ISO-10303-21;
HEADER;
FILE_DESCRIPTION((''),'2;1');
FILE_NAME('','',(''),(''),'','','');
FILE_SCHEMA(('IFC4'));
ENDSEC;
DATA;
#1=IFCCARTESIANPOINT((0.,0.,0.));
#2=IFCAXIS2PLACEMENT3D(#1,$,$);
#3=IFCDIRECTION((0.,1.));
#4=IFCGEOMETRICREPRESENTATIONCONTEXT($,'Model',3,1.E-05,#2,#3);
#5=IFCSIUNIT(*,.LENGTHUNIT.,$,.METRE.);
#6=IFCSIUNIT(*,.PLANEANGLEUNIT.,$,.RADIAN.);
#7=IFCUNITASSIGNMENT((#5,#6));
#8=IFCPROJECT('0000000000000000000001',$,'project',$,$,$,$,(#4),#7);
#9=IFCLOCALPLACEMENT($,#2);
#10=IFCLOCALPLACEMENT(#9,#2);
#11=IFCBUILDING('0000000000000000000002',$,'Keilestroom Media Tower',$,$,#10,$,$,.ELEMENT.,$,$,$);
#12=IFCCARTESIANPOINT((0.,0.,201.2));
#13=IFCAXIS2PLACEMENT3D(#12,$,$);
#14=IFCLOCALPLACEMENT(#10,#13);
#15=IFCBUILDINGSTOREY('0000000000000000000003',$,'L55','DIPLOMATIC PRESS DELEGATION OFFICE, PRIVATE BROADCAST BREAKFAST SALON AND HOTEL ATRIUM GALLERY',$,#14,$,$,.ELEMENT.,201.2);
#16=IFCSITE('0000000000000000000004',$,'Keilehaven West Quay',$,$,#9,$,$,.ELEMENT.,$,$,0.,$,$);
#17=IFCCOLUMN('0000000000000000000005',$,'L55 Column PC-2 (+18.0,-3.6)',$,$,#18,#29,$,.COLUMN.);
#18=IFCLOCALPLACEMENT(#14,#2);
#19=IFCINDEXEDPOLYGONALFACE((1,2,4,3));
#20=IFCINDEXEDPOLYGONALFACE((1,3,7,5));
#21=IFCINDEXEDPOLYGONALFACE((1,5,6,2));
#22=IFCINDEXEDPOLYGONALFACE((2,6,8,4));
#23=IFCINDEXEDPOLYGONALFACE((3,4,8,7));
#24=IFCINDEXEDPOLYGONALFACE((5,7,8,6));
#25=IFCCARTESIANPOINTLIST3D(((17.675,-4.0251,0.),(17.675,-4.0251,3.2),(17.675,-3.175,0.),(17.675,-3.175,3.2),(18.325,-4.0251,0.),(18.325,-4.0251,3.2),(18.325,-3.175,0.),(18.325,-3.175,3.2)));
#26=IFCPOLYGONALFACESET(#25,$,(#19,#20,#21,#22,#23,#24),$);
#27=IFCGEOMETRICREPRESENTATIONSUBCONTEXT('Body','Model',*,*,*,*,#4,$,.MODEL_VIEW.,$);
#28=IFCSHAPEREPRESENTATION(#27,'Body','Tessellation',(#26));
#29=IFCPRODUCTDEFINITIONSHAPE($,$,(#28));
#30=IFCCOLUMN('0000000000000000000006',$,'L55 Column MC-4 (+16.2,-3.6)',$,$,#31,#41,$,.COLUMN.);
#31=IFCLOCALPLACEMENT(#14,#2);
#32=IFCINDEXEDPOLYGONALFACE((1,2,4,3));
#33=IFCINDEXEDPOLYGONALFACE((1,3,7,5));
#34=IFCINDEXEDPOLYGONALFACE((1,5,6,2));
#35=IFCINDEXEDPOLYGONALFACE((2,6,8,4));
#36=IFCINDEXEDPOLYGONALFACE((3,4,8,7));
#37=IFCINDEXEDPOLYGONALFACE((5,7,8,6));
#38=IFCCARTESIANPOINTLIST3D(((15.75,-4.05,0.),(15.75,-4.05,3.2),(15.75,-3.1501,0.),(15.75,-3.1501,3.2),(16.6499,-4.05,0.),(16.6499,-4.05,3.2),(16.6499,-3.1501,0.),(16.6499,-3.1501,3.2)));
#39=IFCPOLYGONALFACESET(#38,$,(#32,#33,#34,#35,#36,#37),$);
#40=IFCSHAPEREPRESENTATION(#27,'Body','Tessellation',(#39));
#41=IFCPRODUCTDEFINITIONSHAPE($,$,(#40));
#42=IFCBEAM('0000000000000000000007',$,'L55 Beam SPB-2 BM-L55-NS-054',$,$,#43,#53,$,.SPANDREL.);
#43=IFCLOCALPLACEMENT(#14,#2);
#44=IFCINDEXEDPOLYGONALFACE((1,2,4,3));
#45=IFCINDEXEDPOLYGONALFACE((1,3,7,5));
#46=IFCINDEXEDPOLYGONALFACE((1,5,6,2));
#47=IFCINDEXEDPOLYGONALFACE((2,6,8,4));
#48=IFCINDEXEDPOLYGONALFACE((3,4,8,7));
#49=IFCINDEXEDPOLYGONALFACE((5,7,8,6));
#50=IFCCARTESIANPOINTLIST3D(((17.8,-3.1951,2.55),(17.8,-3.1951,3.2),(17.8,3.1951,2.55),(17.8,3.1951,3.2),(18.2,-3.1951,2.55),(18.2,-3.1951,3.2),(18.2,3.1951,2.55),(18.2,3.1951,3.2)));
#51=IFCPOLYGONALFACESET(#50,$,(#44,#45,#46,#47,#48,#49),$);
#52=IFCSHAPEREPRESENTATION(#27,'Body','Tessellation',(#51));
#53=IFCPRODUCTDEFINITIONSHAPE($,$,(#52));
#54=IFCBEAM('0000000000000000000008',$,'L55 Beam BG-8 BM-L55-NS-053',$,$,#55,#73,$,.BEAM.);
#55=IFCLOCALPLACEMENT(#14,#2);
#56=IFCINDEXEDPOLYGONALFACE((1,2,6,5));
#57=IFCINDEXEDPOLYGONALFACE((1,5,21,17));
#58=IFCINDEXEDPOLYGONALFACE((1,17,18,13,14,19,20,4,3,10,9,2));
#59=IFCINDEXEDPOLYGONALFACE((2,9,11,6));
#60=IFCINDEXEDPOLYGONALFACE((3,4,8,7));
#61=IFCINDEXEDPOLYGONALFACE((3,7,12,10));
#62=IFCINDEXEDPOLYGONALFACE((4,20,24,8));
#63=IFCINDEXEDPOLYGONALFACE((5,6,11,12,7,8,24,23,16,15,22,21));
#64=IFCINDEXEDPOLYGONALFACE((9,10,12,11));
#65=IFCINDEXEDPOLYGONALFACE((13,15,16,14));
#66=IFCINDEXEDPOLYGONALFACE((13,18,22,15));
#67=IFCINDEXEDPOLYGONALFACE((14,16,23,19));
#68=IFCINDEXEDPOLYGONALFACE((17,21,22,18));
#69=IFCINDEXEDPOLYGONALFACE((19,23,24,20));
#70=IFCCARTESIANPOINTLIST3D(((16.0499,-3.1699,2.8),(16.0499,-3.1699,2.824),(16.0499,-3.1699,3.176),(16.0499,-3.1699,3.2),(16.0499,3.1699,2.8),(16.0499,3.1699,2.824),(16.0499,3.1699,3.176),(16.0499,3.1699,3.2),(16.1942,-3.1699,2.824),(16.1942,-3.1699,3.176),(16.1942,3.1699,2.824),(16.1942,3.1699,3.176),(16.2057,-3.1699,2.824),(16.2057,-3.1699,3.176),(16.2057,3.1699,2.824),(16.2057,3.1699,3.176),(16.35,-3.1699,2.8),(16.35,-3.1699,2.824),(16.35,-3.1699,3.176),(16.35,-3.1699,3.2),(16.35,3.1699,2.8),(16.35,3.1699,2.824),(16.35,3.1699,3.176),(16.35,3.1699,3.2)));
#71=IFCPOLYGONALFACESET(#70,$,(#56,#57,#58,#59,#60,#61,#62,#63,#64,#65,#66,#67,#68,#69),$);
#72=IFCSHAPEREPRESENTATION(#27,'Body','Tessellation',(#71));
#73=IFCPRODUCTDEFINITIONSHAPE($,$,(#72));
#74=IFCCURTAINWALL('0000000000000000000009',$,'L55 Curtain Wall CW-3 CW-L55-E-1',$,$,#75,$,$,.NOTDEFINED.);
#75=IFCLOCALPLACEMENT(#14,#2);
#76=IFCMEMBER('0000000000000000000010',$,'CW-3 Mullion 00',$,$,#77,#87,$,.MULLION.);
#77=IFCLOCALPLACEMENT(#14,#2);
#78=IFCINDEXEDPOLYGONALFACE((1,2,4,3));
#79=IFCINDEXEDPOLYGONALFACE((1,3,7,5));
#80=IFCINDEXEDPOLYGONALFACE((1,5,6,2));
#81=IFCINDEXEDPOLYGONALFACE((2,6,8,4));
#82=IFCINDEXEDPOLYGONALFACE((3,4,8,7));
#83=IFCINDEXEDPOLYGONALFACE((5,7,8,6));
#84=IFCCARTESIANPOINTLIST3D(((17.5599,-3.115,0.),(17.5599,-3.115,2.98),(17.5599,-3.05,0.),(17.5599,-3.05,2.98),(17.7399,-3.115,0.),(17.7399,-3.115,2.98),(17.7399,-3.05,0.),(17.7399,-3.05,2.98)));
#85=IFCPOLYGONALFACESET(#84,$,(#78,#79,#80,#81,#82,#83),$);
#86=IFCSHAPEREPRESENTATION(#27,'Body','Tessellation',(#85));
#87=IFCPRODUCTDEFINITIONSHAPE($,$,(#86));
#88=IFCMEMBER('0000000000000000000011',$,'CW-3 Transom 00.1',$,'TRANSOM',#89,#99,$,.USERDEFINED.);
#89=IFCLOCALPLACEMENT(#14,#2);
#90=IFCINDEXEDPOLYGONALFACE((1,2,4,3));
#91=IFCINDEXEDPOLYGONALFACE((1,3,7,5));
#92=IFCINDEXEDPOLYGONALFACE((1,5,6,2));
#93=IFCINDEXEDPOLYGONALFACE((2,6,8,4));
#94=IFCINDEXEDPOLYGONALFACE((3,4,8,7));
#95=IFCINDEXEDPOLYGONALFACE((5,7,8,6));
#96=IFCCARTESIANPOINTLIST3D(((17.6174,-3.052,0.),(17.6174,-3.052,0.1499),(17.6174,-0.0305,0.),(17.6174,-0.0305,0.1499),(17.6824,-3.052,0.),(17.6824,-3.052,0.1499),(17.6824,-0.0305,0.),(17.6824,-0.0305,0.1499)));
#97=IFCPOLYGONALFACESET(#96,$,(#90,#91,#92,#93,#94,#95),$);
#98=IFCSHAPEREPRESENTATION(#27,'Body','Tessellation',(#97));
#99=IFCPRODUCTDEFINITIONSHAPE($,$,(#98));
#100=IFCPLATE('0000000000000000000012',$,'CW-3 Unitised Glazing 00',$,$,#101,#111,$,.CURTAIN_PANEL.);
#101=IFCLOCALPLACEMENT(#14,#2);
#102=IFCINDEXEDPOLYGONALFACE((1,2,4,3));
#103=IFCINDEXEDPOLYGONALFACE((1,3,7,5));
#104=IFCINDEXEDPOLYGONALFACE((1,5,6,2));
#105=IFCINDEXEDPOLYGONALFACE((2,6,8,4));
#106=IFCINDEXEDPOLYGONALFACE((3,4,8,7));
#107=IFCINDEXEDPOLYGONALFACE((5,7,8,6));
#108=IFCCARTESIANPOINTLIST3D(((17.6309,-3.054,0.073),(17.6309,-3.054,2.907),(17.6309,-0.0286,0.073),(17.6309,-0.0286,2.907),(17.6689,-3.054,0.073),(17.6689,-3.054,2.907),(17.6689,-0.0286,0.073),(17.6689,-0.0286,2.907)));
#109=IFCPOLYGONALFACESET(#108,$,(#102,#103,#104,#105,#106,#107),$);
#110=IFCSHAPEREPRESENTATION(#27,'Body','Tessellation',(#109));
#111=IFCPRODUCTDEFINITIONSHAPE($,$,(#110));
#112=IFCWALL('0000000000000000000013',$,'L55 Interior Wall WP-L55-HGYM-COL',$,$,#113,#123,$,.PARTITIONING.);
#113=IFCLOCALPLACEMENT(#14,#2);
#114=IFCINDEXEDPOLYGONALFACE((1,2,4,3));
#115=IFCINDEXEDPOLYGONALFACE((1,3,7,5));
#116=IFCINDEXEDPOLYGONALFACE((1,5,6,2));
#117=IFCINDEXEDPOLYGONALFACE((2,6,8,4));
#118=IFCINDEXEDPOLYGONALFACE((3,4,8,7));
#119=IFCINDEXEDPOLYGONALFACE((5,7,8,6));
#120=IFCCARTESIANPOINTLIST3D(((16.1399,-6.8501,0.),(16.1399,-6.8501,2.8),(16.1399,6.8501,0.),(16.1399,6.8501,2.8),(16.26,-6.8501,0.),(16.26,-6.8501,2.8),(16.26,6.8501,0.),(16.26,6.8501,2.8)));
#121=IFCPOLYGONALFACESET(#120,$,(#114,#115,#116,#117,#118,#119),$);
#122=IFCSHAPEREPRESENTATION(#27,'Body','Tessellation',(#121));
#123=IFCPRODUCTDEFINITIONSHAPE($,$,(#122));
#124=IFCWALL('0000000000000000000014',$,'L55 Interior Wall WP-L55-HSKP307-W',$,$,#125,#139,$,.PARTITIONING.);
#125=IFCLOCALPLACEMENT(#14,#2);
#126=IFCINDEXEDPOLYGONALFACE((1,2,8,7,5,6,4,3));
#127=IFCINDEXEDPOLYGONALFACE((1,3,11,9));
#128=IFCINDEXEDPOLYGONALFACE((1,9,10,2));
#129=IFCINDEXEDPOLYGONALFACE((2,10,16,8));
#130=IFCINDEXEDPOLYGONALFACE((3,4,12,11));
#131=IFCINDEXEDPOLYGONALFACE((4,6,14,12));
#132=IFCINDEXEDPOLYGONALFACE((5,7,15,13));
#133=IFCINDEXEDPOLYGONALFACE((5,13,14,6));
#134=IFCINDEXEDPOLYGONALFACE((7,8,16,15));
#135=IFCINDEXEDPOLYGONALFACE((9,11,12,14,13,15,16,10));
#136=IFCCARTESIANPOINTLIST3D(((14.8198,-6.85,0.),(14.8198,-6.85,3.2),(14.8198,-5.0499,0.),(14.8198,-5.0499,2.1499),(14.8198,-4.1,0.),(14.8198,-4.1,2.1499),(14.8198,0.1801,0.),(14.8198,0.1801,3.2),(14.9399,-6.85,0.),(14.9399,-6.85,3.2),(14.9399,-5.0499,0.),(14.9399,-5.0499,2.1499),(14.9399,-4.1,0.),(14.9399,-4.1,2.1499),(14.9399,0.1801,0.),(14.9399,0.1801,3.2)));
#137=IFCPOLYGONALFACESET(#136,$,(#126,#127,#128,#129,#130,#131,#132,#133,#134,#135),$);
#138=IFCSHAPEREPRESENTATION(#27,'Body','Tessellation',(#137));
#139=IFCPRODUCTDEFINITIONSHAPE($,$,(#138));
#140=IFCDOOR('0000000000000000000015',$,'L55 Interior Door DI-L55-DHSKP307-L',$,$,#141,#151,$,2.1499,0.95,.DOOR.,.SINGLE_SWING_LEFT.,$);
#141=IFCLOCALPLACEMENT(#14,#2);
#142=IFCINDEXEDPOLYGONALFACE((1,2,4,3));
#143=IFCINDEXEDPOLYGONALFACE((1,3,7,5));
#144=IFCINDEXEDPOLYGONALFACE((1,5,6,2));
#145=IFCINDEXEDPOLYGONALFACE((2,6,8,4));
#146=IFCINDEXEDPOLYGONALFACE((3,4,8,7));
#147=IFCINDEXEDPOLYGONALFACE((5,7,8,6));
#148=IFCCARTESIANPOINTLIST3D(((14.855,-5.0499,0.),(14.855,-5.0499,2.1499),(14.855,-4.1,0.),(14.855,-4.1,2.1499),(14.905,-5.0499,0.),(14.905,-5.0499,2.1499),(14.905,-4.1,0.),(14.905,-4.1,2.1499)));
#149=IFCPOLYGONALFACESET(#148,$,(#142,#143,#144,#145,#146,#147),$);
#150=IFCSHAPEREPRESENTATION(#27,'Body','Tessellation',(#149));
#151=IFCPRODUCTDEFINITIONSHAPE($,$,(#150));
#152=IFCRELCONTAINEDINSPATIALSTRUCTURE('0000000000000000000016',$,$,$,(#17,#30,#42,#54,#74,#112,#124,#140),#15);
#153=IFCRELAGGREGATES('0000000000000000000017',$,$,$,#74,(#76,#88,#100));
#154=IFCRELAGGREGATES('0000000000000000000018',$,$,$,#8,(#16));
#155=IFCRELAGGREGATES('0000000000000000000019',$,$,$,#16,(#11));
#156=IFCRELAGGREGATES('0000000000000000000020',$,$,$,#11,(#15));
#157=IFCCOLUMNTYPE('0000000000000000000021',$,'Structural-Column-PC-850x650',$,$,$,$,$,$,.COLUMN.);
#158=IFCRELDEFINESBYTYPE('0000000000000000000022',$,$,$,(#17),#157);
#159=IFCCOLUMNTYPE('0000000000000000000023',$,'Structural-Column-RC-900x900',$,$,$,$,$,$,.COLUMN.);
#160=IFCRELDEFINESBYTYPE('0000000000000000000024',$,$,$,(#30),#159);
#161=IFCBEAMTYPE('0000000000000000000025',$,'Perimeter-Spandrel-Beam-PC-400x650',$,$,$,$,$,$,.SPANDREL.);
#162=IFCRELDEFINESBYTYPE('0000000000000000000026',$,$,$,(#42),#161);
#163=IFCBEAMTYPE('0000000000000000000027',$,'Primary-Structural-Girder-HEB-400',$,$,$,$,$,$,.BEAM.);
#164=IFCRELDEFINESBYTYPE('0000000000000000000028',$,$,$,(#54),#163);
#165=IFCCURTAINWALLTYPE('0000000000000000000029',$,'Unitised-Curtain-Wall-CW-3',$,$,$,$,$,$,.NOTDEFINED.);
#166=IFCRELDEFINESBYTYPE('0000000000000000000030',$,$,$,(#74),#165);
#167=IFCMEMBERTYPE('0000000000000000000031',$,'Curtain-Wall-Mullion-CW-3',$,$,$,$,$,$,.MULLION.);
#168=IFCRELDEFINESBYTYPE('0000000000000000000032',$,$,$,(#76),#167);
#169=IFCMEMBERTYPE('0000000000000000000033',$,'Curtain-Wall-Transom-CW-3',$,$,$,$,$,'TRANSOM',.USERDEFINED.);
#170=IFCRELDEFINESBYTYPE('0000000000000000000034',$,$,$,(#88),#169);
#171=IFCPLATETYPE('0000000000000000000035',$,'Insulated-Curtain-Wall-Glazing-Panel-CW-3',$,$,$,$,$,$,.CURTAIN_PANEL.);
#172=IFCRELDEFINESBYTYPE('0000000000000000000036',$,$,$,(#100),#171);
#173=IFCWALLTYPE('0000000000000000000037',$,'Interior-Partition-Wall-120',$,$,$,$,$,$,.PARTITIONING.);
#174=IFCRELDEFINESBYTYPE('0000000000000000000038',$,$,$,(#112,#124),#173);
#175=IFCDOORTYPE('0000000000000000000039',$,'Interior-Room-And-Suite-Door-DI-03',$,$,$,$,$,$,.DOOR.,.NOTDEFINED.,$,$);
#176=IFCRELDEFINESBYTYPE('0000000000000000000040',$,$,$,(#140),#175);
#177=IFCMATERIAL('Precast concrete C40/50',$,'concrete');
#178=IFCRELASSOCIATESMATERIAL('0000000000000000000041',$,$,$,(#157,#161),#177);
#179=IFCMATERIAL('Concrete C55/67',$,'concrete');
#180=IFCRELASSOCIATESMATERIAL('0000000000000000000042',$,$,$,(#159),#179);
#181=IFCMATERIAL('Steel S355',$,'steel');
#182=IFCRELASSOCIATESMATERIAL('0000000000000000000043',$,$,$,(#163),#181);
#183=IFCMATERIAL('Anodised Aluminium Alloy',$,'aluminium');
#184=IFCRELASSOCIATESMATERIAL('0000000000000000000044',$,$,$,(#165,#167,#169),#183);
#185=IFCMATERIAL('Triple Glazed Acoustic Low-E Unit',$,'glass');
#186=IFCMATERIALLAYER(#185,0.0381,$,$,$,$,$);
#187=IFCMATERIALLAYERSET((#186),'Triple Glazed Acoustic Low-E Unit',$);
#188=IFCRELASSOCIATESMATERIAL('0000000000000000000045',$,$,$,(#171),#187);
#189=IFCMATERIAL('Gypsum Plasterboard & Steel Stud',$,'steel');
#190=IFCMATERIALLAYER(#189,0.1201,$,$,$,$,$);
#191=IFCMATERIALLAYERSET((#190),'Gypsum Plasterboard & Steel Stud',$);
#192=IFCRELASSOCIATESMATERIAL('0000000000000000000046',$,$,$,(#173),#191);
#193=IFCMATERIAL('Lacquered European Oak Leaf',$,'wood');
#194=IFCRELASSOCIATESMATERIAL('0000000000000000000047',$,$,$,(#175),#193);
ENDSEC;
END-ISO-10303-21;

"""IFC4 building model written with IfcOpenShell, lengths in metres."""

from ifc_helpers import new_model, si_unit, direction, frame, frame_2d, origin, origin_2d, place, context, subcontext, project, spatial, rectangle, i_section, extrude, source, transform, mapped, material, layer, layer_set, material_profile, profile_set, type_object, element, fill, aggregate, save


model = new_model("IFC4")

# Units and contexts
model_context = context("Model", 3, precision=1e-05, world=origin(), true_north=direction((0.0, 1.0)))
body_context = subcontext(model_context, "Body", "Model", "MODEL_VIEW")
ifc_project = project(units=[si_unit("LENGTHUNIT", "METRE"), si_unit("PLANEANGLEUNIT", "RADIAN")], contexts=[model_context])

# Site, building, storey
site_placement = place(None, origin())
site = spatial("IfcSite", under=ifc_project, at=site_placement, Name="Keilehaven West Quay", CompositionType="ELEMENT", RefElevation=0.0)
building_placement = place(site_placement, origin())
building = spatial("IfcBuilding", under=site, at=building_placement, Name="Keilestroom Media Tower", CompositionType="ELEMENT")
storey_placement = place(building_placement, frame((0.0, 0.0, 201.2)))
storey = spatial("IfcBuildingStorey", under=building, at=storey_placement, Name="L55", Description="DIPLOMATIC PRESS DELEGATION OFFICE, PRIVATE BROADCAST BREAKFAST SALON AND HOTEL ATRIUM GALLERY", CompositionType="ELEMENT", Elevation=201.2)

# Columns
ifc_material_1 = material(Name="Precast concrete C40/50", Category="concrete")
ifc_material_profile_1 = material_profile(ifc_material_1, rectangle(XDim=0.6499, YDim=0.8501, at=origin_2d()), Name="PC 850x650")
ifc_profile_set_1 = profile_set([ifc_material_profile_1], Name="Precast concrete C40/50")
column_type_1 = type_object("IfcColumnType", Name="Structural-Column-PC-850x650", PredefinedType="COLUMN", material=ifc_profile_set_1)
shared_shape_1 = source(origin(), body_context, "Body", "SweptSolid", [
    extrude(rectangle(XDim=0.6499, YDim=0.8501, at=origin_2d()), origin(), (0.0, 0.0, 1.0), 3.2),
])
column_1_placement = place(storey_placement, frame((18.0, -3.6001, 0.0), z_axis=(0.0, 0.0, 1.0), x_axis=(1.0, 0.0, 0.0)))
element("IfcColumn", 1, at=column_1_placement, inside=storey, type_object=column_type_1, Name="L55 Column PC-2 (+18.0,-3.6)", PredefinedType="COLUMN", context=body_context, shape_type="MappedRepresentation", body=[
    mapped(shared_shape_1, transform((0.0, 0.0, 0.0), x_axis=(1.0, 0.0, 0.0), y_axis=(0.0, 1.0, 0.0), z_axis=(0.0, 0.0, 1.0), scale=1.0)),
])
ifc_material_2 = material(Name="Concrete C55/67", Category="concrete")
ifc_material_profile_2 = material_profile(ifc_material_2, rectangle(XDim=0.8999, YDim=0.8999, at=origin_2d()), Name="RC 900x900")
ifc_profile_set_2 = profile_set([ifc_material_profile_2], Name="Concrete C55/67")
column_type_2 = type_object("IfcColumnType", Name="Structural-Column-RC-900x900", PredefinedType="COLUMN", material=ifc_profile_set_2)
shared_shape_2 = source(origin(), body_context, "Body", "SweptSolid", [
    extrude(rectangle(XDim=0.8999, YDim=0.8999, at=origin_2d()), origin(), (0.0, 0.0, 1.0), 3.2),
])
column_2_placement = place(storey_placement, frame((16.2, -3.6001, 0.0), z_axis=(0.0, 0.0, 1.0), x_axis=(1.0, 0.0, 0.0)))
element("IfcColumn", 2, at=column_2_placement, inside=storey, type_object=column_type_2, Name="L55 Column MC-4 (+16.2,-3.6)", PredefinedType="COLUMN", context=body_context, shape_type="MappedRepresentation", body=[
    mapped(shared_shape_2, transform((0.0, 0.0, 0.0), x_axis=(1.0, 0.0, 0.0), y_axis=(0.0, 1.0, 0.0), z_axis=(0.0, 0.0, 1.0), scale=1.0)),
])

# Beams
ifc_material_profile_3 = material_profile(ifc_material_1, rectangle(XDim=0.3999, YDim=0.6499, at=origin_2d()), Name="PC 400x650")
ifc_profile_set_3 = profile_set([ifc_material_profile_3], Name="Precast concrete C40/50")
beam_type_1 = type_object("IfcBeamType", Name="Perimeter-Spandrel-Beam-PC-400x650", PredefinedType="SPANDREL", material=ifc_profile_set_3)
shared_shape_3 = source(origin(), body_context, "Body", "SweptSolid", [
    extrude(rectangle(XDim=0.3999, YDim=0.6499, at=origin_2d()), origin(), (0.0, 0.0, 1.0), 6.3901),
])
beam_1_placement = place(storey_placement, frame((18.0, -3.1951, 2.875), z_axis=(0.0, 1.0, 0.0), x_axis=(-1.0, 0.0, 0.0)))
element("IfcBeam", 3, at=beam_1_placement, inside=storey, type_object=beam_type_1, Name="L55 Beam SPB-2 BM-L55-NS-054", PredefinedType="SPANDREL", context=body_context, shape_type="MappedRepresentation", body=[
    mapped(shared_shape_3, transform((0.0, 0.0, 0.0), x_axis=(1.0, 0.0, 0.0), y_axis=(0.0, 1.0, 0.0), z_axis=(0.0, 0.0, 1.0), scale=1.0)),
])
ifc_material_3 = material(Name="Steel S355", Category="steel")
ifc_material_profile_4 = material_profile(ifc_material_3, i_section(OverallWidth=0.3, OverallDepth=0.3999, WebThickness=0.0115, FlangeThickness=0.0239, at=origin_2d()), Name="HEB 400")
ifc_profile_set_4 = profile_set([ifc_material_profile_4], Name="Steel S355")
beam_type_2 = type_object("IfcBeamType", Name="Primary-Structural-Girder-HEB-400", PredefinedType="BEAM", material=ifc_profile_set_4)
shared_shape_4 = source(origin(), body_context, "Body", "SweptSolid", [
    extrude(i_section(OverallWidth=0.3, OverallDepth=0.3999, WebThickness=0.0115, FlangeThickness=0.0239, at=origin_2d()), origin(), (0.0, 0.0, 1.0), 6.3398),
])
beam_2_placement = place(storey_placement, frame((16.2, -3.1699, 3.0), z_axis=(0.0, 1.0, 0.0), x_axis=(-1.0, 0.0, 0.0)))
element("IfcBeam", 4, at=beam_2_placement, inside=storey, type_object=beam_type_2, Name="L55 Beam BG-8 BM-L55-NS-053", PredefinedType="BEAM", context=body_context, shape_type="MappedRepresentation", body=[
    mapped(shared_shape_4, transform((0.0, 0.0, 0.0), x_axis=(1.0, 0.0, 0.0), y_axis=(0.0, 1.0, 0.0), z_axis=(0.0, 0.0, 1.0), scale=1.0)),
])

# Curtain wall, members, plate
ifc_material_4 = material(Name="Anodised Aluminium Alloy", Category="aluminium")
curtain_wall_type = type_object("IfcCurtainWallType", Name="Unitised-Curtain-Wall-CW-3", PredefinedType="NOTDEFINED", material=ifc_material_4)
curtain_wall_placement = place(storey_placement, origin())
curtain_wall = element("IfcCurtainWall", 5, at=curtain_wall_placement, inside=storey, type_object=curtain_wall_type, Name="L55 Curtain Wall CW-3 CW-L55-E-1", PredefinedType="NOTDEFINED")
ifc_material_profile_5 = material_profile(ifc_material_4, rectangle(XDim=0.0649, YDim=0.1799, at=origin_2d()), Name="ALU MULLION 65x180")
ifc_profile_set_5 = profile_set([ifc_material_profile_5], Name="Anodised Aluminium Alloy")
member_type_1 = type_object("IfcMemberType", Name="Curtain-Wall-Mullion-CW-3", PredefinedType="MULLION", material=ifc_profile_set_5)
shared_shape_5 = source(origin(), body_context, "Body", "SweptSolid", [
    extrude(rectangle(XDim=0.0649, YDim=0.1799, at=origin_2d()), origin(), (0.0, 0.0, 1.0), 2.98),
])
member_1_placement = place(storey_placement, frame((17.6499, -3.0825, 0.0), z_axis=(0.0, 0.0, 1.0), x_axis=(0.0, 1.0, 0.0)))
member_1 = element("IfcMember", 6, at=member_1_placement, type_object=member_type_1, Name="CW-3 Mullion 00", PredefinedType="MULLION", context=body_context, shape_type="MappedRepresentation", body=[
    mapped(shared_shape_5, transform((0.0, 0.0, 0.0), x_axis=(1.0, 0.0, 0.0), y_axis=(0.0, 1.0, 0.0), z_axis=(0.0, 0.0, 1.0), scale=1.0)),
])
ifc_material_profile_6 = material_profile(ifc_material_4, rectangle(XDim=0.0649, YDim=0.1499, at=origin_2d()), Name="ALU TRANSOM 65x150")
ifc_profile_set_6 = profile_set([ifc_material_profile_6], Name="Anodised Aluminium Alloy")
member_type_2 = type_object("IfcMemberType", Name="Curtain-Wall-Transom-CW-3", ElementType="TRANSOM", PredefinedType="USERDEFINED", material=ifc_profile_set_6)
shared_shape_6 = source(origin(), body_context, "Body", "SweptSolid", [
    extrude(rectangle(XDim=0.0649, YDim=0.1499, at=origin_2d()), origin(), (0.0, 0.0, 1.0), 3.0215),
])
member_2_placement = place(storey_placement, frame((17.6499, -3.052, 0.075), z_axis=(0.0, 1.0, 0.0), x_axis=(-1.0, 0.0, 0.0)))
member_2 = element("IfcMember", 7, at=member_2_placement, type_object=member_type_2, Name="CW-3 Transom 00.1", ObjectType="TRANSOM", PredefinedType="USERDEFINED", context=body_context, shape_type="MappedRepresentation", body=[
    mapped(shared_shape_6, transform((0.0, 0.0, 0.0), x_axis=(1.0, 0.0, 0.0), y_axis=(0.0, 1.0, 0.0), z_axis=(0.0, 0.0, 1.0), scale=1.0)),
])
ifc_material_5 = material(Name="Triple Glazed Acoustic Low-E Unit", Category="glass")
ifc_layer_1 = layer(ifc_material_5, 0.0381)
ifc_layer_set_1 = layer_set([ifc_layer_1], Name="Triple Glazed Acoustic Low-E Unit")
plate_type = type_object("IfcPlateType", Name="Insulated-Curtain-Wall-Glazing-Panel-CW-3", PredefinedType="CURTAIN_PANEL", material=ifc_layer_set_1)
shared_shape_7 = source(origin(), body_context, "Body", "SweptSolid", [
    extrude(rectangle(XDim=3.0254, YDim=0.0381, at=origin_2d()), origin(), (0.0, 0.0, 1.0), 2.834),
])
plate_placement = place(storey_placement, frame((17.6499, -1.5413, 0.073), z_axis=(0.0, 0.0, 1.0), x_axis=(0.0, 1.0, 0.0)))
plate = element("IfcPlate", 8, at=plate_placement, type_object=plate_type, Name="CW-3 Unitised Glazing 00", PredefinedType="CURTAIN_PANEL", context=body_context, shape_type="MappedRepresentation", body=[
    mapped(shared_shape_7, transform((0.0, 0.0, 0.0), x_axis=(1.0, 0.0, 0.0), y_axis=(0.0, 1.0, 0.0), z_axis=(0.0, 0.0, 1.0), scale=1.0)),
])
aggregate(curtain_wall, [member_1, member_2, plate])

# Wall
ifc_material_6 = material(Name="Gypsum Plasterboard & Steel Stud", Category="steel")
ifc_layer_2 = layer(ifc_material_6, 0.1201)
ifc_layer_set_2 = layer_set([ifc_layer_2], Name="Gypsum Plasterboard & Steel Stud")
wall_type_1 = type_object("IfcWallType", Name="Interior-Partition-Wall-120", PredefinedType="PARTITIONING", material=ifc_layer_set_2)
wall_1_placement = place(storey_placement, frame((16.2, -6.8501, 0.0), z_axis=(0.0, 0.0, 1.0), x_axis=(0.0, 1.0, 0.0)))
element("IfcWall", 9, at=wall_1_placement, inside=storey, type_object=wall_type_1, Name="L55 Interior Wall WP-L55-HGYM-COL", PredefinedType="PARTITIONING", context=body_context, shape_type="SweptSolid", body=[
    extrude(rectangle(XDim=13.7002, YDim=0.1201, at=frame_2d((6.8501, 0.0))), origin(), (0.0, 0.0, 1.0), 2.8),
])

# Wall, opening, door
wall_2_placement = place(storey_placement, frame((14.8799, -6.8501, 0.0), z_axis=(0.0, 0.0, 1.0), x_axis=(0.0, 1.0, 0.0)))
wall_2 = element("IfcWall", 10, at=wall_2_placement, inside=storey, type_object=wall_type_1, Name="L55 Interior Wall WP-L55-HSKP307-W", PredefinedType="PARTITIONING", context=body_context, shape_type="SweptSolid", body=[
    extrude(rectangle(XDim=7.03, YDim=0.1201, at=frame_2d((3.5151, 0.0))), origin(), (0.0, 0.0, 1.0), 3.2),
])
opening_placement = place(wall_2_placement, frame((1.8, 0.0, 0.0)))
opening = element("IfcOpeningElement", 11, at=opening_placement, cuts=wall_2, PredefinedType="OPENING", context=body_context, shape_type="SweptSolid", body=[
    extrude(rectangle(XDim=0.95, YDim=2.1499, at=frame_2d((0.4751, 1.075))), frame((0.0, 0.0701, 0.0), z_axis=(0.0, -1.0, 0.0), x_axis=(1.0, 0.0, 0.0)), (0.0, 0.0, 1.0), 0.1401),
])
ifc_material_7 = material(Name="Lacquered European Oak Leaf", Category="wood")
door_type = type_object("IfcDoorType", Name="Interior-Room-And-Suite-Door-DI-03", OperationType="NOTDEFINED", PredefinedType="DOOR", material=ifc_material_7)
shared_shape_8 = source(origin(), body_context, "Body", "SweptSolid", [
    extrude(rectangle(XDim=0.95, YDim=2.1499, at=frame_2d((0.4751, 1.075))), frame((0.0, 0.0249, 0.0), z_axis=(0.0, -1.0, 0.0), x_axis=(1.0, 0.0, 0.0)), (0.0, 0.0, 1.0), 0.05),
])
door_placement = place(opening_placement, origin())
door = element("IfcDoor", 12, at=door_placement, inside=storey, type_object=door_type, Name="L55 Interior Door DI-L55-DHSKP307-L", OperationType="SINGLE_SWING_LEFT", OverallHeight=2.1499, OverallWidth=0.95, PredefinedType="DOOR", context=body_context, shape_type="MappedRepresentation", body=[
    mapped(shared_shape_8, transform((0.0, 0.0, 0.0), x_axis=(1.0, 0.0, 0.0), y_axis=(0.0, 1.0, 0.0), z_axis=(0.0, 0.0, 1.0), scale=1.0)),
])
fill(opening, door)

save(model, "model.ifc")
